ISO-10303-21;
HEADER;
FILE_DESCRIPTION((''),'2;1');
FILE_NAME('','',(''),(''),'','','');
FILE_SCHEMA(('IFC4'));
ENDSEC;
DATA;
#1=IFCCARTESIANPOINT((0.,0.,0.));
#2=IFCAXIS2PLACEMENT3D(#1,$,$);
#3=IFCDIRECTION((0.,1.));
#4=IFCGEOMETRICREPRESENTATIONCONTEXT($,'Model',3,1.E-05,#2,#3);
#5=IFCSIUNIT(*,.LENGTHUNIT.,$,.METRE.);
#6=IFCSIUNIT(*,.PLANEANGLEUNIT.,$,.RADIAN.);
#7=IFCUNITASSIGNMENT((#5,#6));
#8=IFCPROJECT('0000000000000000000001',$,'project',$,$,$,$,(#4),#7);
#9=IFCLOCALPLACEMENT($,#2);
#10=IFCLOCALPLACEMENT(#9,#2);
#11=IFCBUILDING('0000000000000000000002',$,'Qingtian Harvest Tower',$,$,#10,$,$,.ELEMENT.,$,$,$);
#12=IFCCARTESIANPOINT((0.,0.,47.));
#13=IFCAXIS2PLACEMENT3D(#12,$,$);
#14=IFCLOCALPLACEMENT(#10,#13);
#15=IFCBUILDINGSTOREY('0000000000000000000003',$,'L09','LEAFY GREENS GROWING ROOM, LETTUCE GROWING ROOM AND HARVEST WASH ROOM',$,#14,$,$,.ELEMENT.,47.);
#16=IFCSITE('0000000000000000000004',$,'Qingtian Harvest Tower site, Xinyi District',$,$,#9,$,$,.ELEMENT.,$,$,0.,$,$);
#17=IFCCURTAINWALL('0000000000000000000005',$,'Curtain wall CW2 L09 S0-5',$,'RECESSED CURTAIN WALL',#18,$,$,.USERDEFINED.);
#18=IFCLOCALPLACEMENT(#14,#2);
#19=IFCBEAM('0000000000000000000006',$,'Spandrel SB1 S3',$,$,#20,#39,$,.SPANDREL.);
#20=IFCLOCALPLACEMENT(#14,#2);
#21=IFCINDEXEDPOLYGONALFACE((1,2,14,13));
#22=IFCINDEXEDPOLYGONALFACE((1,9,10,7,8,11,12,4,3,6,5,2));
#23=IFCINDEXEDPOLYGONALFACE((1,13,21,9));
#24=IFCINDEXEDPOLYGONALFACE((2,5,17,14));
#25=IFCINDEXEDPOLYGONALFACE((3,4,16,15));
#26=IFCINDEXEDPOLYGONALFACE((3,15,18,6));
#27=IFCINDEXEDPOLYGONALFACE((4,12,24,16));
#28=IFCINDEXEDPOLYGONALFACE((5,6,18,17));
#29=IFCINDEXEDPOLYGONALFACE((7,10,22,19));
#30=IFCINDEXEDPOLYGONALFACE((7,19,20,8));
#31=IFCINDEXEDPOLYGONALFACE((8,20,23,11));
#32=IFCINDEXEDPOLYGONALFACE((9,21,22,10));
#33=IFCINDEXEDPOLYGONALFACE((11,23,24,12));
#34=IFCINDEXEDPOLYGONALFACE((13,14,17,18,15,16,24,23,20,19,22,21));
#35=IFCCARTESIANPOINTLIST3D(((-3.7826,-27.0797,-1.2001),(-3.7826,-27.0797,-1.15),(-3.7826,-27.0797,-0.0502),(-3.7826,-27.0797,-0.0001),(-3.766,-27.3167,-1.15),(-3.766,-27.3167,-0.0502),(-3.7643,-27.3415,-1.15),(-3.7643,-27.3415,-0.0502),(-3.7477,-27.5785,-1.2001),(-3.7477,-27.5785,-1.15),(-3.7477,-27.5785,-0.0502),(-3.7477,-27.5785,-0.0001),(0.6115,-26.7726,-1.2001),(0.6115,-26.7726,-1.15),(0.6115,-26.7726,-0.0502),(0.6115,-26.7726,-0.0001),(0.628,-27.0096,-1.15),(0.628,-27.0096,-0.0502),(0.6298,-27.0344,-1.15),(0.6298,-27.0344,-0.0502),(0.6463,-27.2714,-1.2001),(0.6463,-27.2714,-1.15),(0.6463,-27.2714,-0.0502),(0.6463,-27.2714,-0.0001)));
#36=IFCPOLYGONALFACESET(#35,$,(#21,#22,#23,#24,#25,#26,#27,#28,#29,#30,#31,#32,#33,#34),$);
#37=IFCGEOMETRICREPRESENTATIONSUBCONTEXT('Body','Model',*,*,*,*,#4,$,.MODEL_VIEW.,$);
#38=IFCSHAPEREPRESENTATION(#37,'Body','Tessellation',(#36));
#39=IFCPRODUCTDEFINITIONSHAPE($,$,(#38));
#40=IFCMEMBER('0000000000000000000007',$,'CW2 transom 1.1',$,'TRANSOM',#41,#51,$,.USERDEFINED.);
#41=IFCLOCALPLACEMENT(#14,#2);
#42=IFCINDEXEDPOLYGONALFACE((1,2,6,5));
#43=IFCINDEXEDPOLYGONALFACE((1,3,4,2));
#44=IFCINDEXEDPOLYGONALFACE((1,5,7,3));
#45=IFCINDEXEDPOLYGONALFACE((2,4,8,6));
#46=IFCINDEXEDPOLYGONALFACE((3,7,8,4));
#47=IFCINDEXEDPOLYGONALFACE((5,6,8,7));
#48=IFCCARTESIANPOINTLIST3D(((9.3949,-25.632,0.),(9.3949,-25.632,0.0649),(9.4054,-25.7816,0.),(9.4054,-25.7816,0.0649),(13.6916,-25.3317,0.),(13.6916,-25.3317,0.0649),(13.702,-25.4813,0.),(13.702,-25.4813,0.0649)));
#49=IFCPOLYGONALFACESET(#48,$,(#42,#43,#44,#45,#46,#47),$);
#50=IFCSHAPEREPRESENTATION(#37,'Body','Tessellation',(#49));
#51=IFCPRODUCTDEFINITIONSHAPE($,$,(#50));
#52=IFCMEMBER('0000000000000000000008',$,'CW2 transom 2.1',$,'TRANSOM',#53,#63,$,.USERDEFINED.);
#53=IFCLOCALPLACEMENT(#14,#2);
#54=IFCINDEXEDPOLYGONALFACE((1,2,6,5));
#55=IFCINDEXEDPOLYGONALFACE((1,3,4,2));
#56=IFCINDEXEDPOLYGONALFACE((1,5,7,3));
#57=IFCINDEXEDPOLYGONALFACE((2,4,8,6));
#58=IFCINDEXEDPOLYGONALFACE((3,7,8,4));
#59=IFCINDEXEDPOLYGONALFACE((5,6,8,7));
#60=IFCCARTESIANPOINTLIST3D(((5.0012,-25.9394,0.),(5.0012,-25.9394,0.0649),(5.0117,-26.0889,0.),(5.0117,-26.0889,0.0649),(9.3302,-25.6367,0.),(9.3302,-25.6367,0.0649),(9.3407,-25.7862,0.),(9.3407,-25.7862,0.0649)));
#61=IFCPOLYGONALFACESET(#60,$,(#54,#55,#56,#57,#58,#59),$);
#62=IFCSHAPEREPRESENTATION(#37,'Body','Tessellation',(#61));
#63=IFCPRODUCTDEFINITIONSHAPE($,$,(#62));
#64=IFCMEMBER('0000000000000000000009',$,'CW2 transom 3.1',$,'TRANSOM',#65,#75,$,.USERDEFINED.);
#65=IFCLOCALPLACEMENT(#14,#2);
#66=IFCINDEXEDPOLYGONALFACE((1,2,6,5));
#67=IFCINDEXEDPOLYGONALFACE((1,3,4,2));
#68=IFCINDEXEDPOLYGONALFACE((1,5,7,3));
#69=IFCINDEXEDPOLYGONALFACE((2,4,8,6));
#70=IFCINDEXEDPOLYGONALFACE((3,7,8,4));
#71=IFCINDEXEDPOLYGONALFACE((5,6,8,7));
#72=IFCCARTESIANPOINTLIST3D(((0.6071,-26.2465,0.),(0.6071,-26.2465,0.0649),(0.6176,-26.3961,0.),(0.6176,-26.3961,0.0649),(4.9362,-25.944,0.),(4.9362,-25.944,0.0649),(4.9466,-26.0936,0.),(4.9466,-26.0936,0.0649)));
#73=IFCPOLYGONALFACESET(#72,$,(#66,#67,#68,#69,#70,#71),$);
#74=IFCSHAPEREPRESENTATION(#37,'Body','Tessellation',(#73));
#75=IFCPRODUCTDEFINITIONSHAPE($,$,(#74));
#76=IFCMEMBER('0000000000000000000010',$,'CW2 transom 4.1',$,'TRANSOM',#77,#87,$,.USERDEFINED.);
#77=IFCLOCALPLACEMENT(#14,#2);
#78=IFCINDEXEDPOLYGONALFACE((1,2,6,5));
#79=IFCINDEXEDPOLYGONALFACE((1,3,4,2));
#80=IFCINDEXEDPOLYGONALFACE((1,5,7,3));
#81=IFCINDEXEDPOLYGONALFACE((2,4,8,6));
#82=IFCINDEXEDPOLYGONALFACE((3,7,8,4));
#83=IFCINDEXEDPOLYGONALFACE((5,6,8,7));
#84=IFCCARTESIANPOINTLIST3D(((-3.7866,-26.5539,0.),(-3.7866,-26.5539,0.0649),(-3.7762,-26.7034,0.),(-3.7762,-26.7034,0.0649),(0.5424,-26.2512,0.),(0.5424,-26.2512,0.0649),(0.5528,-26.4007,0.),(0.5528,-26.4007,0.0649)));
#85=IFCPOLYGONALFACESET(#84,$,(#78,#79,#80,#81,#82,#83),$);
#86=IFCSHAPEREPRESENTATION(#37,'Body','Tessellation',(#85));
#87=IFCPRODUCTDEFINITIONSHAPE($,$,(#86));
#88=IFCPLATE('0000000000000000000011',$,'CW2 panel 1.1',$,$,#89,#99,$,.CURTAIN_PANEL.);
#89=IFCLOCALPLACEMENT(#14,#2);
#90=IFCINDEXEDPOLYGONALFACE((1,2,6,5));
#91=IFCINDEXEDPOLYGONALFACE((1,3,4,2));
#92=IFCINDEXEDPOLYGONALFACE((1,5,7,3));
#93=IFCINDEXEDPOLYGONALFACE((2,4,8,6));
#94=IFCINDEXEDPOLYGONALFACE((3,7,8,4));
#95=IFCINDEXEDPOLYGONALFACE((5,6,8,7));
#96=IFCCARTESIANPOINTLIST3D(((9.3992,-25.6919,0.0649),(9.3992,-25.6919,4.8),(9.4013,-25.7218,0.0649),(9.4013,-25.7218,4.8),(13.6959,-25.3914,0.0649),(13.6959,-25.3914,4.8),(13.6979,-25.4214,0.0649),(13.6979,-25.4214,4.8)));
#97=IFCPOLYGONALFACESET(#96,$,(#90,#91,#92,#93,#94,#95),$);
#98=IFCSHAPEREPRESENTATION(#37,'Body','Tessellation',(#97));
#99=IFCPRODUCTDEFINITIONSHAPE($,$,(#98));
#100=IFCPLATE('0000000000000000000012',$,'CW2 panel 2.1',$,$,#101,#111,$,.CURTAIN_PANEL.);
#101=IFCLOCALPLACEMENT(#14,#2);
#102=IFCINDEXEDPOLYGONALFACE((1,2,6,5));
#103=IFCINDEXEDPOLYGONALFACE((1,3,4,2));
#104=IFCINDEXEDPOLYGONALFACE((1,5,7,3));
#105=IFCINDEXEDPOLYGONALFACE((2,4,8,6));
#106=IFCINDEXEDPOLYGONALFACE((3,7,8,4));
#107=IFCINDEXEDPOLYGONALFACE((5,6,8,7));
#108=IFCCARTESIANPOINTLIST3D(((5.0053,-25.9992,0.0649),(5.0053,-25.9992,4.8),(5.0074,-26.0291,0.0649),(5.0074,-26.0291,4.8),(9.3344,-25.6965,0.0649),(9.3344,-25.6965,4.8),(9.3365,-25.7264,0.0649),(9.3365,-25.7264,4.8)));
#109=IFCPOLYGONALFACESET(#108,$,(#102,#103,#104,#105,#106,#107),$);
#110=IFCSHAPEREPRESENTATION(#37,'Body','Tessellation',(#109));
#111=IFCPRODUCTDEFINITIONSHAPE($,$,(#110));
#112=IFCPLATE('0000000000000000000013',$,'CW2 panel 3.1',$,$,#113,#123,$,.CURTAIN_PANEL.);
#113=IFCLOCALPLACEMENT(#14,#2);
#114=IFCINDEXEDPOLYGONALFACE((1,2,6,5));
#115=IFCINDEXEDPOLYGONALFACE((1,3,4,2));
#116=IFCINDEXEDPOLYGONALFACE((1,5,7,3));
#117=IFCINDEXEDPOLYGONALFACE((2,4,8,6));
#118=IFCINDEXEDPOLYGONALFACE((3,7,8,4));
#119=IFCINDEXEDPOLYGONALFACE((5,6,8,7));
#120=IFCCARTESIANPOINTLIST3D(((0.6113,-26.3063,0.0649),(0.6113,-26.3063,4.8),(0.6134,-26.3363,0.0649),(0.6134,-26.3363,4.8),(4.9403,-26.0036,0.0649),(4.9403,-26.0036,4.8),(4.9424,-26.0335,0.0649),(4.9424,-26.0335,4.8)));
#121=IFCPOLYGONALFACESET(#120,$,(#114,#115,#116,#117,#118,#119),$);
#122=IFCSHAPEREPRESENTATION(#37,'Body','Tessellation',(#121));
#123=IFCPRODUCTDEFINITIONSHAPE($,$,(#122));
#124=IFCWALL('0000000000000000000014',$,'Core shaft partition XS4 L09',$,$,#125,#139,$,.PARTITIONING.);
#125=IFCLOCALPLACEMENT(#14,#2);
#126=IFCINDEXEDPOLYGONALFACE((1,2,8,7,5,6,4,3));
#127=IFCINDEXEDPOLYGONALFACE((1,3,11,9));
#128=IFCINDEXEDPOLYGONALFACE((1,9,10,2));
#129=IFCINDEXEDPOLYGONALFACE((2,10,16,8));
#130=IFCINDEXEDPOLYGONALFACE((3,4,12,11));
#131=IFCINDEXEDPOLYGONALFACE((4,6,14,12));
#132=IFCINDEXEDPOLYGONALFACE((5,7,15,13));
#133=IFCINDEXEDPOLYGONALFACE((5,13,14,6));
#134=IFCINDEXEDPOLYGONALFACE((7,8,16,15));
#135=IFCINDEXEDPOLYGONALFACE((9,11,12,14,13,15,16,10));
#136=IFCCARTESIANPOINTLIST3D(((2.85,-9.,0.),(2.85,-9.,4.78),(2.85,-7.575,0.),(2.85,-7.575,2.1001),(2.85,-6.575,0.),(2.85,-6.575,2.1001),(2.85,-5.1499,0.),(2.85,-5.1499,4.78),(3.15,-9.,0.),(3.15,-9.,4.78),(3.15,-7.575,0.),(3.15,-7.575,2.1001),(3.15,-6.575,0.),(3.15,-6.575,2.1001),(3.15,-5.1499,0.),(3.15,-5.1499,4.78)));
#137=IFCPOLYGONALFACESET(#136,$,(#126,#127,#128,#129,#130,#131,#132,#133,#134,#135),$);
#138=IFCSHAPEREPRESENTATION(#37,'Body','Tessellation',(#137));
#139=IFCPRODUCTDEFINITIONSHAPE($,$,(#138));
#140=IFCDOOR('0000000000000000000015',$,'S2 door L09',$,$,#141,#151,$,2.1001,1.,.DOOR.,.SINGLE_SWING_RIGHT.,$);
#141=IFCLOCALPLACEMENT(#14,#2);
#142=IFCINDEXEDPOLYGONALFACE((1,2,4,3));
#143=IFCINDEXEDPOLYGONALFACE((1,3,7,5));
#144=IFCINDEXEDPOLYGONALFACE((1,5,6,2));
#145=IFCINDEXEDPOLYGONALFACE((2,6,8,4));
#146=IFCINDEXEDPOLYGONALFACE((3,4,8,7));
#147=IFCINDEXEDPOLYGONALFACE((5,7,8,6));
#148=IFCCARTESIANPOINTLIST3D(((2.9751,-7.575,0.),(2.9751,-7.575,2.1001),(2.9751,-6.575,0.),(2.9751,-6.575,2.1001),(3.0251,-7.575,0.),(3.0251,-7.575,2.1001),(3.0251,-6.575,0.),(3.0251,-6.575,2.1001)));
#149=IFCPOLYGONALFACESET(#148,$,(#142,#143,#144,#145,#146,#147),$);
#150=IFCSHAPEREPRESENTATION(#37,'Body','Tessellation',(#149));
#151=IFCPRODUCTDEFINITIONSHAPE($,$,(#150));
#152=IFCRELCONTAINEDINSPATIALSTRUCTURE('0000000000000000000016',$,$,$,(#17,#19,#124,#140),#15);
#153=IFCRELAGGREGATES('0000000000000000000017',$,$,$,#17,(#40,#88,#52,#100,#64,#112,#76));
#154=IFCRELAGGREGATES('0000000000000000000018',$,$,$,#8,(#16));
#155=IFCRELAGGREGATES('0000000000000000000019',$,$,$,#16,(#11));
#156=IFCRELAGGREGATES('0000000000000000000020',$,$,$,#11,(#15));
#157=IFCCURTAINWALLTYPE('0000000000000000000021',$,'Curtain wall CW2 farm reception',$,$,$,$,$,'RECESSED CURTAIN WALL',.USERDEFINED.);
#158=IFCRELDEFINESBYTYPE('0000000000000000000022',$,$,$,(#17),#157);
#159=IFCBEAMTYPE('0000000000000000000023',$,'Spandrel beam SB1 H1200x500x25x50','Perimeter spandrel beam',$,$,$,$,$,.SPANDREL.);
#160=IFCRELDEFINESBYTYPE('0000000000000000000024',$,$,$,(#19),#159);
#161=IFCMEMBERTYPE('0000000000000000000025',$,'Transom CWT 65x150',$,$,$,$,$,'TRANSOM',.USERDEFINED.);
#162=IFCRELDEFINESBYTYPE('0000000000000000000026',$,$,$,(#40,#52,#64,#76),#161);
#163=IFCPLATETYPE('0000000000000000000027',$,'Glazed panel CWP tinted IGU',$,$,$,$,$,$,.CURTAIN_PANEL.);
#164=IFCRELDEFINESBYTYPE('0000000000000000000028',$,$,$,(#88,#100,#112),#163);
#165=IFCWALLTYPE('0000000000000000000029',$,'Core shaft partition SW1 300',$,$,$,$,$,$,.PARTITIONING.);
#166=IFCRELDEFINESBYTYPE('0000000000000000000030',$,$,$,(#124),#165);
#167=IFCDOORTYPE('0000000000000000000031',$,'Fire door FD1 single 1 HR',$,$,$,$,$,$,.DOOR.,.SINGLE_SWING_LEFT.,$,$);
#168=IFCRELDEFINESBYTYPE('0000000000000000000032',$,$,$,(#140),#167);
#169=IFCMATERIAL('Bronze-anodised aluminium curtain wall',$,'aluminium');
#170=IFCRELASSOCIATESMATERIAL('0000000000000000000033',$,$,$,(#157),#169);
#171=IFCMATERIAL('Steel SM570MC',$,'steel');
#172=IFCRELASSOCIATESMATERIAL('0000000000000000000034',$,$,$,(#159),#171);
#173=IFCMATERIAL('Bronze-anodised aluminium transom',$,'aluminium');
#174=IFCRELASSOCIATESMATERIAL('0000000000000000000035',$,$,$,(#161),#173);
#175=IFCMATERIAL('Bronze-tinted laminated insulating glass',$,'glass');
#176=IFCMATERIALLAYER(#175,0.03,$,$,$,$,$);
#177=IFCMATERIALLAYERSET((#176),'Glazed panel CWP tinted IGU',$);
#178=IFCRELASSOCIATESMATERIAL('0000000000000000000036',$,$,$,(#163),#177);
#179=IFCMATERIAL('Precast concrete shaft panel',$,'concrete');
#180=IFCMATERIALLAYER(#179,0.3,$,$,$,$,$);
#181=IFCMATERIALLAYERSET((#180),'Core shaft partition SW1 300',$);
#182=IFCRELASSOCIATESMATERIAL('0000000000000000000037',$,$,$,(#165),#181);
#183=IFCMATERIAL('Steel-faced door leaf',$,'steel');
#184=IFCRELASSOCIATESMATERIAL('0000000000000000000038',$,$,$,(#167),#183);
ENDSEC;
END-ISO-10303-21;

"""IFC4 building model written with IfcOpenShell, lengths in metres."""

from ifc_helpers import new_model, si_unit, direction, frame, frame_2d, origin, origin_2d, place, context, subcontext, project, spatial, rectangle, i_section, extrude, material, layer, layer_set, material_profile, profile_set, type_object, element, fill, aggregate, save


model = new_model("IFC4")

# Units and contexts
model_context = context("Model", 3, precision=1e-05, world=origin(), true_north=direction((0.0, 1.0)))
body_context = subcontext(model_context, "Body", "Model", "MODEL_VIEW")
ifc_project = project(units=[si_unit("LENGTHUNIT", "METRE"), si_unit("PLANEANGLEUNIT", "RADIAN")], contexts=[model_context])

# Site, building, storey
site_placement = place(None, origin())
site = spatial("IfcSite", under=ifc_project, at=site_placement, Name="Qingtian Harvest Tower site, Xinyi District", CompositionType="ELEMENT", RefElevation=0.0)
building_placement = place(site_placement, origin())
building = spatial("IfcBuilding", under=site, at=building_placement, Name="Qingtian Harvest Tower", CompositionType="ELEMENT")
storey_placement = place(building_placement, frame((0.0, 0.0, 47.0)))
storey = spatial("IfcBuildingStorey", under=building, at=storey_placement, Name="L09", Description="LEAFY GREENS GROWING ROOM, LETTUCE GROWING ROOM AND HARVEST WASH ROOM", CompositionType="ELEMENT", Elevation=47.0)

# Shared definitions
ifc_material_1 = material(Name="Bronze-anodised aluminium curtain wall", Category="aluminium")
curtain_wall_type = type_object("IfcCurtainWallType", Name="Curtain wall CW2 farm reception", ElementType="RECESSED CURTAIN WALL", PredefinedType="USERDEFINED", material=ifc_material_1)

# Curtain wall
curtain_wall_1_placement = place(storey_placement, origin())
curtain_wall_1 = element("IfcCurtainWall", 1, at=curtain_wall_1_placement, inside=storey, type_object=curtain_wall_type, Name="Curtain wall CW2 L09 S0-5", ObjectType="RECESSED CURTAIN WALL", PredefinedType="USERDEFINED")

# Beam
ifc_material_2 = material(Name="Steel SM570MC", Category="steel")
ifc_material_profile_1 = material_profile(ifc_material_2, i_section(OverallWidth=0.5, OverallDepth=1.2, WebThickness=0.0249, FlangeThickness=0.05, at=origin_2d()), Name="H1200x500x25x50")
ifc_profile_set_1 = profile_set([ifc_material_profile_1], Name="Steel SM570MC")
beam_type_1 = type_object("IfcBeamType", Name="Spandrel beam SB1 H1200x500x25x50", Description="Perimeter spandrel beam", PredefinedType="SPANDREL", material=ifc_profile_set_1)
beam_1_placement = place(storey_placement, frame((0.6289, -27.022, -0.6001), z_axis=(-0.997566, -0.069727, 0.0), x_axis=(0.069727, -0.997566, 0.0)))
element("IfcBeam", 2, at=beam_1_placement, inside=storey, type_object=beam_type_1, Name="Spandrel SB1 S3", PredefinedType="SPANDREL", context=body_context, shape_type="SweptSolid", body=[
    extrude(i_section(OverallWidth=0.5, OverallDepth=1.2, WebThickness=0.0249, FlangeThickness=0.05, at=origin_2d()), origin(), (0.0, 0.0, 1.0), 4.4048),
])

# Members
ifc_material_3 = material(Name="Bronze-anodised aluminium transom", Category="aluminium")
ifc_material_profile_2 = material_profile(ifc_material_3, rectangle(XDim=0.1499, YDim=0.0649, at=origin_2d()), Name="AL 65x150")
ifc_profile_set_2 = profile_set([ifc_material_profile_2], Name="Bronze-anodised aluminium transom")
member_type_1 = type_object("IfcMemberType", Name="Transom CWT 65x150", ElementType="TRANSOM", PredefinedType="USERDEFINED", material=ifc_profile_set_2)
member_1_placement = place(storey_placement, frame((13.6968, -25.4065, 0.0325), z_axis=(-0.997567, -0.06972, 0.0), x_axis=(0.06972, -0.997567, 0.0)))
member_1 = element("IfcMember", 3, at=member_1_placement, type_object=member_type_1, Name="CW2 transom 1.1", ObjectType="TRANSOM", PredefinedType="USERDEFINED", context=body_context, shape_type="SweptSolid", body=[
    extrude(rectangle(XDim=0.1499, YDim=0.0649, at=origin_2d()), origin(), (0.0, 0.0, 1.0), 4.3071),
])
member_2_placement = place(storey_placement, frame((9.3354, -25.7114, 0.0325), z_axis=(-0.997564, -0.06976, 0.0), x_axis=(0.06976, -0.997564, 0.0)))
member_2 = element("IfcMember", 4, at=member_2_placement, type_object=member_type_1, Name="CW2 transom 2.1", ObjectType="TRANSOM", PredefinedType="USERDEFINED", context=body_context, shape_type="SweptSolid", body=[
    extrude(rectangle(XDim=0.1499, YDim=0.0649, at=origin_2d()), origin(), (0.0, 0.0, 1.0), 4.3396),
])
member_3_placement = place(storey_placement, frame((4.9414, -26.0188, 0.0325), z_axis=(-0.997568, -0.069704, 0.0), x_axis=(0.069704, -0.997568, 0.0)))
member_3 = element("IfcMember", 5, at=member_3_placement, type_object=member_type_1, Name="CW2 transom 3.1", ObjectType="TRANSOM", PredefinedType="USERDEFINED", context=body_context, shape_type="SweptSolid", body=[
    extrude(rectangle(XDim=0.1499, YDim=0.0649, at=origin_2d()), origin(), (0.0, 0.0, 1.0), 4.3396),
])
member_4_placement = place(storey_placement, frame((0.5476, -26.3259, 0.0325), z_axis=(-0.997564, -0.06976, 0.0), x_axis=(0.06976, -0.997564, 0.0)))
member_4 = element("IfcMember", 6, at=member_4_placement, type_object=member_type_1, Name="CW2 transom 4.1", ObjectType="TRANSOM", PredefinedType="USERDEFINED", context=body_context, shape_type="SweptSolid", body=[
    extrude(rectangle(XDim=0.1499, YDim=0.0649, at=origin_2d()), origin(), (0.0, 0.0, 1.0), 4.3396),
])

# Plates
ifc_material_4 = material(Name="Bronze-tinted laminated insulating glass", Category="glass")
ifc_layer_1 = layer(ifc_material_4, 0.03)
ifc_layer_set_1 = layer_set([ifc_layer_1], Name="Glazed panel CWP tinted IGU")
plate_type = type_object("IfcPlateType", Name="Glazed panel CWP tinted IGU", PredefinedType="CURTAIN_PANEL", material=ifc_layer_set_1)
plate_1_placement = place(storey_placement, frame((11.5486, -25.5566, 0.0649), z_axis=(0.0, 0.0, 1.0), x_axis=(-0.997564, -0.069756, 0.0)))
plate_1 = element("IfcPlate", 7, at=plate_1_placement, type_object=plate_type, Name="CW2 panel 1.1", PredefinedType="CURTAIN_PANEL", context=body_context, shape_type="SweptSolid", body=[
    extrude(rectangle(XDim=4.3071, YDim=0.03, at=origin_2d()), origin(), (0.0, 0.0, 1.0), 4.7351),
])
plate_2_placement = place(storey_placement, frame((7.1709, -25.8628, 0.0649), z_axis=(0.0, 0.0, 1.0), x_axis=(-0.997564, -0.069756, 0.0)))
plate_2 = element("IfcPlate", 8, at=plate_2_placement, type_object=plate_type, Name="CW2 panel 2.1", PredefinedType="CURTAIN_PANEL", context=body_context, shape_type="SweptSolid", body=[
    extrude(rectangle(XDim=4.3396, YDim=0.03, at=origin_2d()), origin(), (0.0, 0.0, 1.0), 4.7351),
])
plate_3_placement = place(storey_placement, frame((2.7769, -26.1699, 0.0649), z_axis=(0.0, 0.0, 1.0), x_axis=(-0.997564, -0.069756, 0.0)))
plate_3 = element("IfcPlate", 9, at=plate_3_placement, type_object=plate_type, Name="CW2 panel 3.1", PredefinedType="CURTAIN_PANEL", context=body_context, shape_type="SweptSolid", body=[
    extrude(rectangle(XDim=4.3396, YDim=0.03, at=origin_2d()), origin(), (0.0, 0.0, 1.0), 4.7351),
])
aggregate(curtain_wall_1, [member_1, plate_1, member_2, plate_2, member_3, plate_3, member_4])

# Wall, opening, door
ifc_material_5 = material(Name="Precast concrete shaft panel", Category="concrete")
ifc_layer_2 = layer(ifc_material_5, 0.3)
ifc_layer_set_2 = layer_set([ifc_layer_2], Name="Core shaft partition SW1 300")
wall_type_1 = type_object("IfcWallType", Name="Core shaft partition SW1 300", PredefinedType="PARTITIONING", material=ifc_layer_set_2)
wall_1_placement = place(storey_placement, frame((3.0, -9.0, 0.0), z_axis=(0.0, 0.0, 1.0), x_axis=(0.0, 1.0, 0.0)))
wall_1 = element("IfcWall", 10, at=wall_1_placement, inside=storey, type_object=wall_type_1, Name="Core shaft partition XS4 L09", PredefinedType="PARTITIONING", context=body_context, shape_type="SweptSolid", body=[
    extrude(rectangle(XDim=3.8501, YDim=0.3, at=frame_2d((1.925, 0.0))), origin(), (0.0, 0.0, 1.0), 4.78),
])
opening_1_placement = place(wall_1_placement, frame((1.425, 0.0, 0.0)))
opening_1 = element("IfcOpeningElement", 11, at=opening_1_placement, cuts=wall_1, PredefinedType="OPENING", context=body_context, shape_type="SweptSolid", body=[
    extrude(rectangle(XDim=1.0, YDim=2.1001, at=frame_2d((0.5, 1.05))), frame((0.0, 0.1599, 0.0), z_axis=(0.0, -1.0, 0.0), x_axis=(1.0, 0.0, 0.0)), (0.0, 0.0, 1.0), 0.3201),
])
ifc_material_6 = material(Name="Steel-faced door leaf", Category="steel")
door_type_1 = type_object("IfcDoorType", Name="Fire door FD1 single 1 HR", OperationType="SINGLE_SWING_LEFT", PredefinedType="DOOR", material=ifc_material_6)
door_1_placement = place(opening_1_placement, origin())
door_1 = element("IfcDoor", 12, at=door_1_placement, inside=storey, type_object=door_type_1, Name="S2 door L09", OperationType="SINGLE_SWING_RIGHT", OverallHeight=2.1001, OverallWidth=1.0, PredefinedType="DOOR", context=body_context, shape_type="SweptSolid", body=[
    extrude(rectangle(XDim=1.0, YDim=2.1001, at=frame_2d((0.5, 1.05))), frame((0.0, 0.0249, 0.0), z_axis=(0.0, -1.0, 0.0), x_axis=(1.0, 0.0, 0.0)), (0.0, 0.0, 1.0), 0.05),
])
fill(opening_1, door_1)

save(model, "model.ifc")
